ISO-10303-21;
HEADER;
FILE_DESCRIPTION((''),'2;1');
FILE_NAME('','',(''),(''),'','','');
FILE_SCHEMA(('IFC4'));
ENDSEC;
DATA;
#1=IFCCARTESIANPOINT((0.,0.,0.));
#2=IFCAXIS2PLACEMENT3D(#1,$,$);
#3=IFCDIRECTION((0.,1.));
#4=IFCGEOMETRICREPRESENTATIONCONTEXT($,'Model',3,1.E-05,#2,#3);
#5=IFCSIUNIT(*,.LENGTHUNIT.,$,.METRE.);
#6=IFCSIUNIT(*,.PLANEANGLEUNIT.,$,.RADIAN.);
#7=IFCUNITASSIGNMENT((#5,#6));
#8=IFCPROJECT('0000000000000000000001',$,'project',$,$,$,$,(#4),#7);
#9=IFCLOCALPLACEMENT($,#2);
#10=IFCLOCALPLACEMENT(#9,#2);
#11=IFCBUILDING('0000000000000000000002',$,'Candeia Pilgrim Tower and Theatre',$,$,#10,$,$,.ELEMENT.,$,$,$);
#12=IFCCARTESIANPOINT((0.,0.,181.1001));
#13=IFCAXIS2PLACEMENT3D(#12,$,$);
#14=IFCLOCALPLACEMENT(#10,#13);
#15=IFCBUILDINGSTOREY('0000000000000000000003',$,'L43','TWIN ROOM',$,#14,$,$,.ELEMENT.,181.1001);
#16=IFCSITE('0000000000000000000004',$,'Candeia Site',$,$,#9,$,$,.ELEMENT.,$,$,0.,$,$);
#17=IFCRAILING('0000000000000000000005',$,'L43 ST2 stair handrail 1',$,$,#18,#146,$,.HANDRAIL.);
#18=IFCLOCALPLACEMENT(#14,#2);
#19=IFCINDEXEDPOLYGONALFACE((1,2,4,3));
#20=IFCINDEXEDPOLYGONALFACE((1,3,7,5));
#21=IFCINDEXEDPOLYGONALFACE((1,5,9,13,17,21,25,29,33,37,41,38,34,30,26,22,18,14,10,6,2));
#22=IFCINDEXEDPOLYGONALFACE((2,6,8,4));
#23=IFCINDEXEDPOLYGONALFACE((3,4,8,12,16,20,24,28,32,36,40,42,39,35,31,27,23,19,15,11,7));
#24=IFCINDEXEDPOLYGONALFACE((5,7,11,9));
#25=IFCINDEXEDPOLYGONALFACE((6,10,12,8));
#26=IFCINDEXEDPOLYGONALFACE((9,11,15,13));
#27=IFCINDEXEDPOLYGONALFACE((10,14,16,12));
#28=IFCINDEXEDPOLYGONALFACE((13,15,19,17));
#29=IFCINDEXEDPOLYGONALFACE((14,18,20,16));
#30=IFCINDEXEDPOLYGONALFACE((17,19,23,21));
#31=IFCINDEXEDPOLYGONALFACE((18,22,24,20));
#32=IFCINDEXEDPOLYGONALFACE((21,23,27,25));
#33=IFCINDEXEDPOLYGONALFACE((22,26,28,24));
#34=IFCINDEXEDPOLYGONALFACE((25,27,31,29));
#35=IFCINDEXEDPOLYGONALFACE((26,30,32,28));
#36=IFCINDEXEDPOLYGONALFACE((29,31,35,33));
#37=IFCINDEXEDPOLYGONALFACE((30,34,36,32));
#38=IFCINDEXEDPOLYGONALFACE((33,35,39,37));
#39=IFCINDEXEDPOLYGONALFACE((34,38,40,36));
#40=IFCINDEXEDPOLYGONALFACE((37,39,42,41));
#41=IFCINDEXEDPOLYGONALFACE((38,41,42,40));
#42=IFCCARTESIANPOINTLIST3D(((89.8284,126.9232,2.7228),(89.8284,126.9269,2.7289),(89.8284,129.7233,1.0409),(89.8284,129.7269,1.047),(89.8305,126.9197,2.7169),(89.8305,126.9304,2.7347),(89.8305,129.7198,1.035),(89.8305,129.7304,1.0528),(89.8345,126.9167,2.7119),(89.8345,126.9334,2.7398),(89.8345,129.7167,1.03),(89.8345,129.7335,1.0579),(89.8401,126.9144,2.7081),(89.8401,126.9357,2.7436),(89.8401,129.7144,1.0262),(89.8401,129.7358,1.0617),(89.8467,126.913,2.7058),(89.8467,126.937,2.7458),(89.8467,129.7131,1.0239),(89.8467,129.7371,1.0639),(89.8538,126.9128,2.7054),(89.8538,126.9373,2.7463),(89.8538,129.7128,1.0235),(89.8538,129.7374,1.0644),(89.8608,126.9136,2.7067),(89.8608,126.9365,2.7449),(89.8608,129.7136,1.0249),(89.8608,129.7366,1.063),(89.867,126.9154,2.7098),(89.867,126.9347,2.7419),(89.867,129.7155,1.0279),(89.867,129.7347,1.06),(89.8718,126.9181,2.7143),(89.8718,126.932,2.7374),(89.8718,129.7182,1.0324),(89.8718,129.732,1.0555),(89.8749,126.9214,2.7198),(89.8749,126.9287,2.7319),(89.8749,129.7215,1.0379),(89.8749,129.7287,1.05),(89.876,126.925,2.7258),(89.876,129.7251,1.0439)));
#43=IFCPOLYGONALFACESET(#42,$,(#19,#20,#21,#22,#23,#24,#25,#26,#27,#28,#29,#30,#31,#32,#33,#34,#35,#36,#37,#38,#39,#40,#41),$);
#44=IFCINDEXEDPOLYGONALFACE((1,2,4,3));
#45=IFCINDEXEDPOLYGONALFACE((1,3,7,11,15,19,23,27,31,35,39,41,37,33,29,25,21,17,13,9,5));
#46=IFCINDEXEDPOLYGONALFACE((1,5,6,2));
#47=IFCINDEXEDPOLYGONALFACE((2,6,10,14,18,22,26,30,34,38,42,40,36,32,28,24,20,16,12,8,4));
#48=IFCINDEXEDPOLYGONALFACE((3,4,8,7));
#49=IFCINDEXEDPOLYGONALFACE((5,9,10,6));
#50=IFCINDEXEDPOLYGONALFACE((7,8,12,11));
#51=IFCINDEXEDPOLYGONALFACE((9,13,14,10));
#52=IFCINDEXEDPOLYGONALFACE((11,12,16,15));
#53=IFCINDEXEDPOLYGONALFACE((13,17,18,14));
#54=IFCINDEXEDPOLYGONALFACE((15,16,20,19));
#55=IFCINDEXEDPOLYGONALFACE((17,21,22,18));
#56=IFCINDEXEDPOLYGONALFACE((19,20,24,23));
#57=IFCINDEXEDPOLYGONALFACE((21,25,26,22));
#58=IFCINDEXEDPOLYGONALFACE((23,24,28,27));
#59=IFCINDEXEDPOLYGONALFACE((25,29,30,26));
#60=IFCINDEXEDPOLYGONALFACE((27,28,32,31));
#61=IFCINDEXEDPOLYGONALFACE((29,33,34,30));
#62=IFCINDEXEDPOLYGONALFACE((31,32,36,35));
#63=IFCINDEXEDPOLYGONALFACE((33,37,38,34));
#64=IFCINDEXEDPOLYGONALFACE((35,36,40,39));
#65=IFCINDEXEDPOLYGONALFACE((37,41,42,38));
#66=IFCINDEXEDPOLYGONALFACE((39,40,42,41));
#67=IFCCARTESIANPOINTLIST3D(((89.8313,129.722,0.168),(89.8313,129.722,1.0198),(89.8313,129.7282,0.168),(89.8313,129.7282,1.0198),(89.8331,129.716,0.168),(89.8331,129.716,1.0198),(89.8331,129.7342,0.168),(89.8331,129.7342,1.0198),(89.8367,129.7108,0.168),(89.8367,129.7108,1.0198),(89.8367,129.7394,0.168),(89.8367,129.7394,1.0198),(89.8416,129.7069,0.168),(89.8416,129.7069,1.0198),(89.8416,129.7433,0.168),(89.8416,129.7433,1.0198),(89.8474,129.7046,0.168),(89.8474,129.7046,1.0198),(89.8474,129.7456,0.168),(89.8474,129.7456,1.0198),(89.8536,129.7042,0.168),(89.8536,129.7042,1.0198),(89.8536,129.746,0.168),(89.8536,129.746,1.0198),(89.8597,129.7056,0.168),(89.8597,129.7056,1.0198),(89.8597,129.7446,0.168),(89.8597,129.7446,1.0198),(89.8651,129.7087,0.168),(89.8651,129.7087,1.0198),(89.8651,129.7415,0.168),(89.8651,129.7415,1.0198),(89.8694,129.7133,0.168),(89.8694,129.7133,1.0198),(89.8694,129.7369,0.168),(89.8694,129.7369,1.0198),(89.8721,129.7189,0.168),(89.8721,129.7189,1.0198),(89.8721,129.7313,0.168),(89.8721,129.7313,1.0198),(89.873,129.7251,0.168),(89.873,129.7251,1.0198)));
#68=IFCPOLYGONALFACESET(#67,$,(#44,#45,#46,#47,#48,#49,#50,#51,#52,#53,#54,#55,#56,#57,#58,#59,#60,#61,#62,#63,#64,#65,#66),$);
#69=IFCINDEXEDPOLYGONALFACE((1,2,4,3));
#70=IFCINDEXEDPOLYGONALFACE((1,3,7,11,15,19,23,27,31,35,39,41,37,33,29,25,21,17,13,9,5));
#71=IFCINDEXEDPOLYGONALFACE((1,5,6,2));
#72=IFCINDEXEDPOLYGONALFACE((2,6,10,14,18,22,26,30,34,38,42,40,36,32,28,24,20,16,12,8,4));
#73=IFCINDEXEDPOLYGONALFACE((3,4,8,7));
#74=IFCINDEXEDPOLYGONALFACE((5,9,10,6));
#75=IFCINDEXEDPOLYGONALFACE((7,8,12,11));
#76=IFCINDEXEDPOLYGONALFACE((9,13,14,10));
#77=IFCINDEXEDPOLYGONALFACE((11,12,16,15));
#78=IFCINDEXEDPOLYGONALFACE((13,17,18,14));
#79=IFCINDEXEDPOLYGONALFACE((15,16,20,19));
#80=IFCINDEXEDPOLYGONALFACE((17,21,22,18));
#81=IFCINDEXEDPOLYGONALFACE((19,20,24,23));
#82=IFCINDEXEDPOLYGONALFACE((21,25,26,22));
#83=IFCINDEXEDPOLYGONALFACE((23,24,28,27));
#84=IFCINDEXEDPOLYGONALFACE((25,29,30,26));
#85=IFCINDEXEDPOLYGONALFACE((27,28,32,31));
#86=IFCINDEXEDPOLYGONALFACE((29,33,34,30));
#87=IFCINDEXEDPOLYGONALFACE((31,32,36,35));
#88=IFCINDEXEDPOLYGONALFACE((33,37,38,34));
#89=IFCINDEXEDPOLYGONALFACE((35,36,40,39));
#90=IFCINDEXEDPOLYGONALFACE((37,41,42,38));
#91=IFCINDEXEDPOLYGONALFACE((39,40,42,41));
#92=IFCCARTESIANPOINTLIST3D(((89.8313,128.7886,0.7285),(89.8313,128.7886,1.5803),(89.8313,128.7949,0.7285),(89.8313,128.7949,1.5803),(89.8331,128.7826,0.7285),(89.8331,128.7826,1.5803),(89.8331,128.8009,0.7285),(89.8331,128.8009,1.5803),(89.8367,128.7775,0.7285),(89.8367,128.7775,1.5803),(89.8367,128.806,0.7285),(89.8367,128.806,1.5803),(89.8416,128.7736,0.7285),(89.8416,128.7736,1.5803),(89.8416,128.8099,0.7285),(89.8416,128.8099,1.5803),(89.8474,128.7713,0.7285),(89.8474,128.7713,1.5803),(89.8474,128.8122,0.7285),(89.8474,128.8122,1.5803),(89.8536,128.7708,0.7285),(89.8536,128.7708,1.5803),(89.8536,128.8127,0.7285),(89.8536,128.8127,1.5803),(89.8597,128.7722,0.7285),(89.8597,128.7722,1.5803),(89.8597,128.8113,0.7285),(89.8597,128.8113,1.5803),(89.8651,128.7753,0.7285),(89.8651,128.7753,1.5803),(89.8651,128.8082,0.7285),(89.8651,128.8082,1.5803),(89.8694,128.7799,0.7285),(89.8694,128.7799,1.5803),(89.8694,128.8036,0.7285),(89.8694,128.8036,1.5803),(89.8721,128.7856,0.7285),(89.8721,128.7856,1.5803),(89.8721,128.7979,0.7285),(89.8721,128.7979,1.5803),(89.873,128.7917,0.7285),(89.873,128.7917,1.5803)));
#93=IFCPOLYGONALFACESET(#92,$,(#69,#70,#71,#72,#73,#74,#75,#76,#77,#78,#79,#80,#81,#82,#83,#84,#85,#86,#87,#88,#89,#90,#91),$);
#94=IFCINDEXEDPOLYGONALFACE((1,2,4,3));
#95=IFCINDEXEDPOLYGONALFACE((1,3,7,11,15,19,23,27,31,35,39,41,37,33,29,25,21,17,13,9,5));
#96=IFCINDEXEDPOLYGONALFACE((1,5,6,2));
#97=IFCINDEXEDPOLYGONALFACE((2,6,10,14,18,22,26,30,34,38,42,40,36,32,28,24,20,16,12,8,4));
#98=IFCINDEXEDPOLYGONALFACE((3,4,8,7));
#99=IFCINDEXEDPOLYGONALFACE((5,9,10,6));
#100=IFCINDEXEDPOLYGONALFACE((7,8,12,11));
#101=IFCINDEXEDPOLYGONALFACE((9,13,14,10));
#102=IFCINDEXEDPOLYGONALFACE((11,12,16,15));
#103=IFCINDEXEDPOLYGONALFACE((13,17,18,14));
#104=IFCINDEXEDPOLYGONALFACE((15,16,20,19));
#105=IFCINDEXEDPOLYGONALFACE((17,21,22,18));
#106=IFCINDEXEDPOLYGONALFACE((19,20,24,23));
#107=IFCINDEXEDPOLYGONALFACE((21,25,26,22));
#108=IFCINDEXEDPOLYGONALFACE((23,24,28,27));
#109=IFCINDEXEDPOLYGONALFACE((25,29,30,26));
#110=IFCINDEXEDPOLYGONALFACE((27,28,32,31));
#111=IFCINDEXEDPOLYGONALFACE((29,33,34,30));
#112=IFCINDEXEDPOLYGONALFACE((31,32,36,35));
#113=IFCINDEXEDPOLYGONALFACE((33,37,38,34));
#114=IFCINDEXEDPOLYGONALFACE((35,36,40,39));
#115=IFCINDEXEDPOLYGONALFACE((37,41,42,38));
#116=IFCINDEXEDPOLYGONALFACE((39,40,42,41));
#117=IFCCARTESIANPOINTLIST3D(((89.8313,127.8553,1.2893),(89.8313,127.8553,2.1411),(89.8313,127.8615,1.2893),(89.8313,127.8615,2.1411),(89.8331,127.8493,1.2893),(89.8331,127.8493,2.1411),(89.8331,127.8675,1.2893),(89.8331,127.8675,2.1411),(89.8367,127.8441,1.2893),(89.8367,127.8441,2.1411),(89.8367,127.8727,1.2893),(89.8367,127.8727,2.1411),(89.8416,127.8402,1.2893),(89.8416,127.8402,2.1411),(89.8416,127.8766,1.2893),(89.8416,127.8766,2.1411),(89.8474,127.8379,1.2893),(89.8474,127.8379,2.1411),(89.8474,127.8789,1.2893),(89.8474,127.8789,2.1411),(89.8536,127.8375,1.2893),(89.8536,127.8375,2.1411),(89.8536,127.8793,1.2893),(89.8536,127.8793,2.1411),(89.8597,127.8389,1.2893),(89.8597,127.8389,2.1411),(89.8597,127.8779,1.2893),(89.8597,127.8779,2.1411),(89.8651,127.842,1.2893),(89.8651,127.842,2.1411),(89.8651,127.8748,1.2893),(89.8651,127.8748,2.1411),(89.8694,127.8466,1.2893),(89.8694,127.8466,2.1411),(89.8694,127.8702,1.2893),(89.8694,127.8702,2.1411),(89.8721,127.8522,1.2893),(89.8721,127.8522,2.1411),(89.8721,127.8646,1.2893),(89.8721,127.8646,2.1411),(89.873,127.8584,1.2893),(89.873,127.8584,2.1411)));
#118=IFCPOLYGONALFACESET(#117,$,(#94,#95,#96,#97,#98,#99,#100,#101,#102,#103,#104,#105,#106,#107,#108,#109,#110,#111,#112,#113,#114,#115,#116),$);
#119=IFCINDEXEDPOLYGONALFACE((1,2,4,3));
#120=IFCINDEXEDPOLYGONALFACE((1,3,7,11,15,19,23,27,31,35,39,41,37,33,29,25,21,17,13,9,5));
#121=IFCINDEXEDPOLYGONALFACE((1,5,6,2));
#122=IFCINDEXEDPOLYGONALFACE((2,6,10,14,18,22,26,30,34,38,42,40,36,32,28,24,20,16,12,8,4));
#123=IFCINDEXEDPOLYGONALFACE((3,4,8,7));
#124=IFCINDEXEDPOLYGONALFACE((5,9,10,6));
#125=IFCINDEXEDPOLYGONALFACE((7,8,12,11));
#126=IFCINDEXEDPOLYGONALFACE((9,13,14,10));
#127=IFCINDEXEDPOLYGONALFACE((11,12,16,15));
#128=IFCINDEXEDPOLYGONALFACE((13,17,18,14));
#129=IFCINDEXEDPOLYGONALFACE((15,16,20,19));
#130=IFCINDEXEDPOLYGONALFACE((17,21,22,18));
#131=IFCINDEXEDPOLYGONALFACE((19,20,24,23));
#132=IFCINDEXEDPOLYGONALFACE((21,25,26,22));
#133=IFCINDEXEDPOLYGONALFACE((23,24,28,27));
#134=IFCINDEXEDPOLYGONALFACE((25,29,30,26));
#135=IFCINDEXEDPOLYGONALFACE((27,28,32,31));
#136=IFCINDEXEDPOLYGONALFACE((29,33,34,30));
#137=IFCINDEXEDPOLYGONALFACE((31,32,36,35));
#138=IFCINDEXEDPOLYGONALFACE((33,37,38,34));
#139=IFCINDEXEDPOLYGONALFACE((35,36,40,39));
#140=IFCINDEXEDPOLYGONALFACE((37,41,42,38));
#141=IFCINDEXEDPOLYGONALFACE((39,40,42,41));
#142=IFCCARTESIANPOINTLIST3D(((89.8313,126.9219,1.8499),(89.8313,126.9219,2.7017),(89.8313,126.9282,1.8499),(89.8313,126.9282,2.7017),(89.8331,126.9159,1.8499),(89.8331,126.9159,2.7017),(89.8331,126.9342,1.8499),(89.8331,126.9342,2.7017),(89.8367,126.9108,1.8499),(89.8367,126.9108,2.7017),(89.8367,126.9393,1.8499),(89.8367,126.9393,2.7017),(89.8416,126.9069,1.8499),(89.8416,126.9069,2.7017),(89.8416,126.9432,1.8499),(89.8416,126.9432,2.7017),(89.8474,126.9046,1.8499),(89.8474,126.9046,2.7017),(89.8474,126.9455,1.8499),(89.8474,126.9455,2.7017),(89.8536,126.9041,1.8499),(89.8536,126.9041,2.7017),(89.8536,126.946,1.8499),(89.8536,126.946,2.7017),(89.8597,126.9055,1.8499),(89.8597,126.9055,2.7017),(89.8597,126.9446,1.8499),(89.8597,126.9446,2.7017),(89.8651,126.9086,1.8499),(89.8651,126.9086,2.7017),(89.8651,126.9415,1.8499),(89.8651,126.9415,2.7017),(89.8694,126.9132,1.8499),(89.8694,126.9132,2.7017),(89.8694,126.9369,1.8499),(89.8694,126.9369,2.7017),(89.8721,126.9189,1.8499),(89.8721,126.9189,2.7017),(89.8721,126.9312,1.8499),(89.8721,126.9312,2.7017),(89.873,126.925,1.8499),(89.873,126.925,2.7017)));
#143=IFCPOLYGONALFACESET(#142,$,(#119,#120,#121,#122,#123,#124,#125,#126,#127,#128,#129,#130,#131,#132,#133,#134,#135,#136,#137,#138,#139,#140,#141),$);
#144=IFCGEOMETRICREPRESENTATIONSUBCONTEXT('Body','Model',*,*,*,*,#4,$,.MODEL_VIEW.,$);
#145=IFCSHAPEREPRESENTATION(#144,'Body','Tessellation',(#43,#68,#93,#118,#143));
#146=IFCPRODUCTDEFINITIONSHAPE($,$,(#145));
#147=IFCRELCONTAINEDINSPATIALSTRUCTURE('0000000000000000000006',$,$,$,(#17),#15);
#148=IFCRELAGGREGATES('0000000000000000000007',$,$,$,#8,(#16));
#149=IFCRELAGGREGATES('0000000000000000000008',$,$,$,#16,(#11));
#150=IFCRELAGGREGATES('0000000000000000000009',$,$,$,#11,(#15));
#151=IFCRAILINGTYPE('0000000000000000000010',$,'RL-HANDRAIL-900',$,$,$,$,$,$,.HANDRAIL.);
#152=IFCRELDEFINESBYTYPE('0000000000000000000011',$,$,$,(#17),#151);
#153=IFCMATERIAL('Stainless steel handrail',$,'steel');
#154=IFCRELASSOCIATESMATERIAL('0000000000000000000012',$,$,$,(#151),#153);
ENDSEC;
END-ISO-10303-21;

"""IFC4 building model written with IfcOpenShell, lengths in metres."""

from ifc_helpers import new_model, si_unit, direction, frame, origin, origin_2d, place, context, subcontext, project, spatial, circle, extrude, material, type_object, element, save


model = new_model("IFC4")

# Units and contexts
model_context = context("Model", 3, precision=1e-05, world=origin(), true_north=direction((0.0, 1.0)))
body_context = subcontext(model_context, "Body", "Model", "MODEL_VIEW")
ifc_project = project(units=[si_unit("LENGTHUNIT", "METRE"), si_unit("PLANEANGLEUNIT", "RADIAN")], contexts=[model_context])

# Site, building, storey
site_placement = place(None, origin())
site = spatial("IfcSite", under=ifc_project, at=site_placement, Name="Candeia Site", CompositionType="ELEMENT", RefElevation=0.0)
building_placement = place(site_placement, origin())
building = spatial("IfcBuilding", under=site, at=building_placement, Name="Candeia Pilgrim Tower and Theatre", CompositionType="ELEMENT")
storey_placement = place(building_placement, frame((0.0, 0.0, 181.1001)))
storey = spatial("IfcBuildingStorey", under=building, at=storey_placement, Name="L43", Description="TWIN ROOM", CompositionType="ELEMENT", Elevation=181.1001)

# Railing
ifc_material_1 = material(Name="Stainless steel handrail", Category="steel")
railing_type_1 = type_object("IfcRailingType", Name="RL-HANDRAIL-900", PredefinedType="HANDRAIL", material=ifc_material_1)
railing_1_placement = place(storey_placement, frame((89.8521, 129.7251, 0.168)))
element("IfcRailing", 1, at=railing_1_placement, inside=storey, type_object=railing_type_1, Name="L43 ST2 stair handrail 1", PredefinedType="HANDRAIL", context=body_context, shape_type="SweptSolid", body=[
    extrude(circle(Radius=0.0239, at=origin_2d()), frame((0.0, 0.0, 0.876), z_axis=(0.0, -0.857242, 0.514913), x_axis=(1.0, 0.0, 0.0)), (0.0, 0.0, 1.0), 3.2664),
    extrude(circle(Radius=0.021, at=origin_2d()), origin(), (0.0, 0.0, 1.0), 0.8518),
    extrude(circle(Radius=0.021, at=origin_2d()), frame((0.0, -0.9333, 0.5605)), (0.0, 0.0, 1.0), 0.8518),
    extrude(circle(Radius=0.021, at=origin_2d()), frame((0.0, -1.8667, 1.1213)), (0.0, 0.0, 1.0), 0.8518),
    extrude(circle(Radius=0.021, at=origin_2d()), frame((0.0, -2.8, 1.6819)), (0.0, 0.0, 1.0), 0.8518),
])

save(model, "model.ifc")
